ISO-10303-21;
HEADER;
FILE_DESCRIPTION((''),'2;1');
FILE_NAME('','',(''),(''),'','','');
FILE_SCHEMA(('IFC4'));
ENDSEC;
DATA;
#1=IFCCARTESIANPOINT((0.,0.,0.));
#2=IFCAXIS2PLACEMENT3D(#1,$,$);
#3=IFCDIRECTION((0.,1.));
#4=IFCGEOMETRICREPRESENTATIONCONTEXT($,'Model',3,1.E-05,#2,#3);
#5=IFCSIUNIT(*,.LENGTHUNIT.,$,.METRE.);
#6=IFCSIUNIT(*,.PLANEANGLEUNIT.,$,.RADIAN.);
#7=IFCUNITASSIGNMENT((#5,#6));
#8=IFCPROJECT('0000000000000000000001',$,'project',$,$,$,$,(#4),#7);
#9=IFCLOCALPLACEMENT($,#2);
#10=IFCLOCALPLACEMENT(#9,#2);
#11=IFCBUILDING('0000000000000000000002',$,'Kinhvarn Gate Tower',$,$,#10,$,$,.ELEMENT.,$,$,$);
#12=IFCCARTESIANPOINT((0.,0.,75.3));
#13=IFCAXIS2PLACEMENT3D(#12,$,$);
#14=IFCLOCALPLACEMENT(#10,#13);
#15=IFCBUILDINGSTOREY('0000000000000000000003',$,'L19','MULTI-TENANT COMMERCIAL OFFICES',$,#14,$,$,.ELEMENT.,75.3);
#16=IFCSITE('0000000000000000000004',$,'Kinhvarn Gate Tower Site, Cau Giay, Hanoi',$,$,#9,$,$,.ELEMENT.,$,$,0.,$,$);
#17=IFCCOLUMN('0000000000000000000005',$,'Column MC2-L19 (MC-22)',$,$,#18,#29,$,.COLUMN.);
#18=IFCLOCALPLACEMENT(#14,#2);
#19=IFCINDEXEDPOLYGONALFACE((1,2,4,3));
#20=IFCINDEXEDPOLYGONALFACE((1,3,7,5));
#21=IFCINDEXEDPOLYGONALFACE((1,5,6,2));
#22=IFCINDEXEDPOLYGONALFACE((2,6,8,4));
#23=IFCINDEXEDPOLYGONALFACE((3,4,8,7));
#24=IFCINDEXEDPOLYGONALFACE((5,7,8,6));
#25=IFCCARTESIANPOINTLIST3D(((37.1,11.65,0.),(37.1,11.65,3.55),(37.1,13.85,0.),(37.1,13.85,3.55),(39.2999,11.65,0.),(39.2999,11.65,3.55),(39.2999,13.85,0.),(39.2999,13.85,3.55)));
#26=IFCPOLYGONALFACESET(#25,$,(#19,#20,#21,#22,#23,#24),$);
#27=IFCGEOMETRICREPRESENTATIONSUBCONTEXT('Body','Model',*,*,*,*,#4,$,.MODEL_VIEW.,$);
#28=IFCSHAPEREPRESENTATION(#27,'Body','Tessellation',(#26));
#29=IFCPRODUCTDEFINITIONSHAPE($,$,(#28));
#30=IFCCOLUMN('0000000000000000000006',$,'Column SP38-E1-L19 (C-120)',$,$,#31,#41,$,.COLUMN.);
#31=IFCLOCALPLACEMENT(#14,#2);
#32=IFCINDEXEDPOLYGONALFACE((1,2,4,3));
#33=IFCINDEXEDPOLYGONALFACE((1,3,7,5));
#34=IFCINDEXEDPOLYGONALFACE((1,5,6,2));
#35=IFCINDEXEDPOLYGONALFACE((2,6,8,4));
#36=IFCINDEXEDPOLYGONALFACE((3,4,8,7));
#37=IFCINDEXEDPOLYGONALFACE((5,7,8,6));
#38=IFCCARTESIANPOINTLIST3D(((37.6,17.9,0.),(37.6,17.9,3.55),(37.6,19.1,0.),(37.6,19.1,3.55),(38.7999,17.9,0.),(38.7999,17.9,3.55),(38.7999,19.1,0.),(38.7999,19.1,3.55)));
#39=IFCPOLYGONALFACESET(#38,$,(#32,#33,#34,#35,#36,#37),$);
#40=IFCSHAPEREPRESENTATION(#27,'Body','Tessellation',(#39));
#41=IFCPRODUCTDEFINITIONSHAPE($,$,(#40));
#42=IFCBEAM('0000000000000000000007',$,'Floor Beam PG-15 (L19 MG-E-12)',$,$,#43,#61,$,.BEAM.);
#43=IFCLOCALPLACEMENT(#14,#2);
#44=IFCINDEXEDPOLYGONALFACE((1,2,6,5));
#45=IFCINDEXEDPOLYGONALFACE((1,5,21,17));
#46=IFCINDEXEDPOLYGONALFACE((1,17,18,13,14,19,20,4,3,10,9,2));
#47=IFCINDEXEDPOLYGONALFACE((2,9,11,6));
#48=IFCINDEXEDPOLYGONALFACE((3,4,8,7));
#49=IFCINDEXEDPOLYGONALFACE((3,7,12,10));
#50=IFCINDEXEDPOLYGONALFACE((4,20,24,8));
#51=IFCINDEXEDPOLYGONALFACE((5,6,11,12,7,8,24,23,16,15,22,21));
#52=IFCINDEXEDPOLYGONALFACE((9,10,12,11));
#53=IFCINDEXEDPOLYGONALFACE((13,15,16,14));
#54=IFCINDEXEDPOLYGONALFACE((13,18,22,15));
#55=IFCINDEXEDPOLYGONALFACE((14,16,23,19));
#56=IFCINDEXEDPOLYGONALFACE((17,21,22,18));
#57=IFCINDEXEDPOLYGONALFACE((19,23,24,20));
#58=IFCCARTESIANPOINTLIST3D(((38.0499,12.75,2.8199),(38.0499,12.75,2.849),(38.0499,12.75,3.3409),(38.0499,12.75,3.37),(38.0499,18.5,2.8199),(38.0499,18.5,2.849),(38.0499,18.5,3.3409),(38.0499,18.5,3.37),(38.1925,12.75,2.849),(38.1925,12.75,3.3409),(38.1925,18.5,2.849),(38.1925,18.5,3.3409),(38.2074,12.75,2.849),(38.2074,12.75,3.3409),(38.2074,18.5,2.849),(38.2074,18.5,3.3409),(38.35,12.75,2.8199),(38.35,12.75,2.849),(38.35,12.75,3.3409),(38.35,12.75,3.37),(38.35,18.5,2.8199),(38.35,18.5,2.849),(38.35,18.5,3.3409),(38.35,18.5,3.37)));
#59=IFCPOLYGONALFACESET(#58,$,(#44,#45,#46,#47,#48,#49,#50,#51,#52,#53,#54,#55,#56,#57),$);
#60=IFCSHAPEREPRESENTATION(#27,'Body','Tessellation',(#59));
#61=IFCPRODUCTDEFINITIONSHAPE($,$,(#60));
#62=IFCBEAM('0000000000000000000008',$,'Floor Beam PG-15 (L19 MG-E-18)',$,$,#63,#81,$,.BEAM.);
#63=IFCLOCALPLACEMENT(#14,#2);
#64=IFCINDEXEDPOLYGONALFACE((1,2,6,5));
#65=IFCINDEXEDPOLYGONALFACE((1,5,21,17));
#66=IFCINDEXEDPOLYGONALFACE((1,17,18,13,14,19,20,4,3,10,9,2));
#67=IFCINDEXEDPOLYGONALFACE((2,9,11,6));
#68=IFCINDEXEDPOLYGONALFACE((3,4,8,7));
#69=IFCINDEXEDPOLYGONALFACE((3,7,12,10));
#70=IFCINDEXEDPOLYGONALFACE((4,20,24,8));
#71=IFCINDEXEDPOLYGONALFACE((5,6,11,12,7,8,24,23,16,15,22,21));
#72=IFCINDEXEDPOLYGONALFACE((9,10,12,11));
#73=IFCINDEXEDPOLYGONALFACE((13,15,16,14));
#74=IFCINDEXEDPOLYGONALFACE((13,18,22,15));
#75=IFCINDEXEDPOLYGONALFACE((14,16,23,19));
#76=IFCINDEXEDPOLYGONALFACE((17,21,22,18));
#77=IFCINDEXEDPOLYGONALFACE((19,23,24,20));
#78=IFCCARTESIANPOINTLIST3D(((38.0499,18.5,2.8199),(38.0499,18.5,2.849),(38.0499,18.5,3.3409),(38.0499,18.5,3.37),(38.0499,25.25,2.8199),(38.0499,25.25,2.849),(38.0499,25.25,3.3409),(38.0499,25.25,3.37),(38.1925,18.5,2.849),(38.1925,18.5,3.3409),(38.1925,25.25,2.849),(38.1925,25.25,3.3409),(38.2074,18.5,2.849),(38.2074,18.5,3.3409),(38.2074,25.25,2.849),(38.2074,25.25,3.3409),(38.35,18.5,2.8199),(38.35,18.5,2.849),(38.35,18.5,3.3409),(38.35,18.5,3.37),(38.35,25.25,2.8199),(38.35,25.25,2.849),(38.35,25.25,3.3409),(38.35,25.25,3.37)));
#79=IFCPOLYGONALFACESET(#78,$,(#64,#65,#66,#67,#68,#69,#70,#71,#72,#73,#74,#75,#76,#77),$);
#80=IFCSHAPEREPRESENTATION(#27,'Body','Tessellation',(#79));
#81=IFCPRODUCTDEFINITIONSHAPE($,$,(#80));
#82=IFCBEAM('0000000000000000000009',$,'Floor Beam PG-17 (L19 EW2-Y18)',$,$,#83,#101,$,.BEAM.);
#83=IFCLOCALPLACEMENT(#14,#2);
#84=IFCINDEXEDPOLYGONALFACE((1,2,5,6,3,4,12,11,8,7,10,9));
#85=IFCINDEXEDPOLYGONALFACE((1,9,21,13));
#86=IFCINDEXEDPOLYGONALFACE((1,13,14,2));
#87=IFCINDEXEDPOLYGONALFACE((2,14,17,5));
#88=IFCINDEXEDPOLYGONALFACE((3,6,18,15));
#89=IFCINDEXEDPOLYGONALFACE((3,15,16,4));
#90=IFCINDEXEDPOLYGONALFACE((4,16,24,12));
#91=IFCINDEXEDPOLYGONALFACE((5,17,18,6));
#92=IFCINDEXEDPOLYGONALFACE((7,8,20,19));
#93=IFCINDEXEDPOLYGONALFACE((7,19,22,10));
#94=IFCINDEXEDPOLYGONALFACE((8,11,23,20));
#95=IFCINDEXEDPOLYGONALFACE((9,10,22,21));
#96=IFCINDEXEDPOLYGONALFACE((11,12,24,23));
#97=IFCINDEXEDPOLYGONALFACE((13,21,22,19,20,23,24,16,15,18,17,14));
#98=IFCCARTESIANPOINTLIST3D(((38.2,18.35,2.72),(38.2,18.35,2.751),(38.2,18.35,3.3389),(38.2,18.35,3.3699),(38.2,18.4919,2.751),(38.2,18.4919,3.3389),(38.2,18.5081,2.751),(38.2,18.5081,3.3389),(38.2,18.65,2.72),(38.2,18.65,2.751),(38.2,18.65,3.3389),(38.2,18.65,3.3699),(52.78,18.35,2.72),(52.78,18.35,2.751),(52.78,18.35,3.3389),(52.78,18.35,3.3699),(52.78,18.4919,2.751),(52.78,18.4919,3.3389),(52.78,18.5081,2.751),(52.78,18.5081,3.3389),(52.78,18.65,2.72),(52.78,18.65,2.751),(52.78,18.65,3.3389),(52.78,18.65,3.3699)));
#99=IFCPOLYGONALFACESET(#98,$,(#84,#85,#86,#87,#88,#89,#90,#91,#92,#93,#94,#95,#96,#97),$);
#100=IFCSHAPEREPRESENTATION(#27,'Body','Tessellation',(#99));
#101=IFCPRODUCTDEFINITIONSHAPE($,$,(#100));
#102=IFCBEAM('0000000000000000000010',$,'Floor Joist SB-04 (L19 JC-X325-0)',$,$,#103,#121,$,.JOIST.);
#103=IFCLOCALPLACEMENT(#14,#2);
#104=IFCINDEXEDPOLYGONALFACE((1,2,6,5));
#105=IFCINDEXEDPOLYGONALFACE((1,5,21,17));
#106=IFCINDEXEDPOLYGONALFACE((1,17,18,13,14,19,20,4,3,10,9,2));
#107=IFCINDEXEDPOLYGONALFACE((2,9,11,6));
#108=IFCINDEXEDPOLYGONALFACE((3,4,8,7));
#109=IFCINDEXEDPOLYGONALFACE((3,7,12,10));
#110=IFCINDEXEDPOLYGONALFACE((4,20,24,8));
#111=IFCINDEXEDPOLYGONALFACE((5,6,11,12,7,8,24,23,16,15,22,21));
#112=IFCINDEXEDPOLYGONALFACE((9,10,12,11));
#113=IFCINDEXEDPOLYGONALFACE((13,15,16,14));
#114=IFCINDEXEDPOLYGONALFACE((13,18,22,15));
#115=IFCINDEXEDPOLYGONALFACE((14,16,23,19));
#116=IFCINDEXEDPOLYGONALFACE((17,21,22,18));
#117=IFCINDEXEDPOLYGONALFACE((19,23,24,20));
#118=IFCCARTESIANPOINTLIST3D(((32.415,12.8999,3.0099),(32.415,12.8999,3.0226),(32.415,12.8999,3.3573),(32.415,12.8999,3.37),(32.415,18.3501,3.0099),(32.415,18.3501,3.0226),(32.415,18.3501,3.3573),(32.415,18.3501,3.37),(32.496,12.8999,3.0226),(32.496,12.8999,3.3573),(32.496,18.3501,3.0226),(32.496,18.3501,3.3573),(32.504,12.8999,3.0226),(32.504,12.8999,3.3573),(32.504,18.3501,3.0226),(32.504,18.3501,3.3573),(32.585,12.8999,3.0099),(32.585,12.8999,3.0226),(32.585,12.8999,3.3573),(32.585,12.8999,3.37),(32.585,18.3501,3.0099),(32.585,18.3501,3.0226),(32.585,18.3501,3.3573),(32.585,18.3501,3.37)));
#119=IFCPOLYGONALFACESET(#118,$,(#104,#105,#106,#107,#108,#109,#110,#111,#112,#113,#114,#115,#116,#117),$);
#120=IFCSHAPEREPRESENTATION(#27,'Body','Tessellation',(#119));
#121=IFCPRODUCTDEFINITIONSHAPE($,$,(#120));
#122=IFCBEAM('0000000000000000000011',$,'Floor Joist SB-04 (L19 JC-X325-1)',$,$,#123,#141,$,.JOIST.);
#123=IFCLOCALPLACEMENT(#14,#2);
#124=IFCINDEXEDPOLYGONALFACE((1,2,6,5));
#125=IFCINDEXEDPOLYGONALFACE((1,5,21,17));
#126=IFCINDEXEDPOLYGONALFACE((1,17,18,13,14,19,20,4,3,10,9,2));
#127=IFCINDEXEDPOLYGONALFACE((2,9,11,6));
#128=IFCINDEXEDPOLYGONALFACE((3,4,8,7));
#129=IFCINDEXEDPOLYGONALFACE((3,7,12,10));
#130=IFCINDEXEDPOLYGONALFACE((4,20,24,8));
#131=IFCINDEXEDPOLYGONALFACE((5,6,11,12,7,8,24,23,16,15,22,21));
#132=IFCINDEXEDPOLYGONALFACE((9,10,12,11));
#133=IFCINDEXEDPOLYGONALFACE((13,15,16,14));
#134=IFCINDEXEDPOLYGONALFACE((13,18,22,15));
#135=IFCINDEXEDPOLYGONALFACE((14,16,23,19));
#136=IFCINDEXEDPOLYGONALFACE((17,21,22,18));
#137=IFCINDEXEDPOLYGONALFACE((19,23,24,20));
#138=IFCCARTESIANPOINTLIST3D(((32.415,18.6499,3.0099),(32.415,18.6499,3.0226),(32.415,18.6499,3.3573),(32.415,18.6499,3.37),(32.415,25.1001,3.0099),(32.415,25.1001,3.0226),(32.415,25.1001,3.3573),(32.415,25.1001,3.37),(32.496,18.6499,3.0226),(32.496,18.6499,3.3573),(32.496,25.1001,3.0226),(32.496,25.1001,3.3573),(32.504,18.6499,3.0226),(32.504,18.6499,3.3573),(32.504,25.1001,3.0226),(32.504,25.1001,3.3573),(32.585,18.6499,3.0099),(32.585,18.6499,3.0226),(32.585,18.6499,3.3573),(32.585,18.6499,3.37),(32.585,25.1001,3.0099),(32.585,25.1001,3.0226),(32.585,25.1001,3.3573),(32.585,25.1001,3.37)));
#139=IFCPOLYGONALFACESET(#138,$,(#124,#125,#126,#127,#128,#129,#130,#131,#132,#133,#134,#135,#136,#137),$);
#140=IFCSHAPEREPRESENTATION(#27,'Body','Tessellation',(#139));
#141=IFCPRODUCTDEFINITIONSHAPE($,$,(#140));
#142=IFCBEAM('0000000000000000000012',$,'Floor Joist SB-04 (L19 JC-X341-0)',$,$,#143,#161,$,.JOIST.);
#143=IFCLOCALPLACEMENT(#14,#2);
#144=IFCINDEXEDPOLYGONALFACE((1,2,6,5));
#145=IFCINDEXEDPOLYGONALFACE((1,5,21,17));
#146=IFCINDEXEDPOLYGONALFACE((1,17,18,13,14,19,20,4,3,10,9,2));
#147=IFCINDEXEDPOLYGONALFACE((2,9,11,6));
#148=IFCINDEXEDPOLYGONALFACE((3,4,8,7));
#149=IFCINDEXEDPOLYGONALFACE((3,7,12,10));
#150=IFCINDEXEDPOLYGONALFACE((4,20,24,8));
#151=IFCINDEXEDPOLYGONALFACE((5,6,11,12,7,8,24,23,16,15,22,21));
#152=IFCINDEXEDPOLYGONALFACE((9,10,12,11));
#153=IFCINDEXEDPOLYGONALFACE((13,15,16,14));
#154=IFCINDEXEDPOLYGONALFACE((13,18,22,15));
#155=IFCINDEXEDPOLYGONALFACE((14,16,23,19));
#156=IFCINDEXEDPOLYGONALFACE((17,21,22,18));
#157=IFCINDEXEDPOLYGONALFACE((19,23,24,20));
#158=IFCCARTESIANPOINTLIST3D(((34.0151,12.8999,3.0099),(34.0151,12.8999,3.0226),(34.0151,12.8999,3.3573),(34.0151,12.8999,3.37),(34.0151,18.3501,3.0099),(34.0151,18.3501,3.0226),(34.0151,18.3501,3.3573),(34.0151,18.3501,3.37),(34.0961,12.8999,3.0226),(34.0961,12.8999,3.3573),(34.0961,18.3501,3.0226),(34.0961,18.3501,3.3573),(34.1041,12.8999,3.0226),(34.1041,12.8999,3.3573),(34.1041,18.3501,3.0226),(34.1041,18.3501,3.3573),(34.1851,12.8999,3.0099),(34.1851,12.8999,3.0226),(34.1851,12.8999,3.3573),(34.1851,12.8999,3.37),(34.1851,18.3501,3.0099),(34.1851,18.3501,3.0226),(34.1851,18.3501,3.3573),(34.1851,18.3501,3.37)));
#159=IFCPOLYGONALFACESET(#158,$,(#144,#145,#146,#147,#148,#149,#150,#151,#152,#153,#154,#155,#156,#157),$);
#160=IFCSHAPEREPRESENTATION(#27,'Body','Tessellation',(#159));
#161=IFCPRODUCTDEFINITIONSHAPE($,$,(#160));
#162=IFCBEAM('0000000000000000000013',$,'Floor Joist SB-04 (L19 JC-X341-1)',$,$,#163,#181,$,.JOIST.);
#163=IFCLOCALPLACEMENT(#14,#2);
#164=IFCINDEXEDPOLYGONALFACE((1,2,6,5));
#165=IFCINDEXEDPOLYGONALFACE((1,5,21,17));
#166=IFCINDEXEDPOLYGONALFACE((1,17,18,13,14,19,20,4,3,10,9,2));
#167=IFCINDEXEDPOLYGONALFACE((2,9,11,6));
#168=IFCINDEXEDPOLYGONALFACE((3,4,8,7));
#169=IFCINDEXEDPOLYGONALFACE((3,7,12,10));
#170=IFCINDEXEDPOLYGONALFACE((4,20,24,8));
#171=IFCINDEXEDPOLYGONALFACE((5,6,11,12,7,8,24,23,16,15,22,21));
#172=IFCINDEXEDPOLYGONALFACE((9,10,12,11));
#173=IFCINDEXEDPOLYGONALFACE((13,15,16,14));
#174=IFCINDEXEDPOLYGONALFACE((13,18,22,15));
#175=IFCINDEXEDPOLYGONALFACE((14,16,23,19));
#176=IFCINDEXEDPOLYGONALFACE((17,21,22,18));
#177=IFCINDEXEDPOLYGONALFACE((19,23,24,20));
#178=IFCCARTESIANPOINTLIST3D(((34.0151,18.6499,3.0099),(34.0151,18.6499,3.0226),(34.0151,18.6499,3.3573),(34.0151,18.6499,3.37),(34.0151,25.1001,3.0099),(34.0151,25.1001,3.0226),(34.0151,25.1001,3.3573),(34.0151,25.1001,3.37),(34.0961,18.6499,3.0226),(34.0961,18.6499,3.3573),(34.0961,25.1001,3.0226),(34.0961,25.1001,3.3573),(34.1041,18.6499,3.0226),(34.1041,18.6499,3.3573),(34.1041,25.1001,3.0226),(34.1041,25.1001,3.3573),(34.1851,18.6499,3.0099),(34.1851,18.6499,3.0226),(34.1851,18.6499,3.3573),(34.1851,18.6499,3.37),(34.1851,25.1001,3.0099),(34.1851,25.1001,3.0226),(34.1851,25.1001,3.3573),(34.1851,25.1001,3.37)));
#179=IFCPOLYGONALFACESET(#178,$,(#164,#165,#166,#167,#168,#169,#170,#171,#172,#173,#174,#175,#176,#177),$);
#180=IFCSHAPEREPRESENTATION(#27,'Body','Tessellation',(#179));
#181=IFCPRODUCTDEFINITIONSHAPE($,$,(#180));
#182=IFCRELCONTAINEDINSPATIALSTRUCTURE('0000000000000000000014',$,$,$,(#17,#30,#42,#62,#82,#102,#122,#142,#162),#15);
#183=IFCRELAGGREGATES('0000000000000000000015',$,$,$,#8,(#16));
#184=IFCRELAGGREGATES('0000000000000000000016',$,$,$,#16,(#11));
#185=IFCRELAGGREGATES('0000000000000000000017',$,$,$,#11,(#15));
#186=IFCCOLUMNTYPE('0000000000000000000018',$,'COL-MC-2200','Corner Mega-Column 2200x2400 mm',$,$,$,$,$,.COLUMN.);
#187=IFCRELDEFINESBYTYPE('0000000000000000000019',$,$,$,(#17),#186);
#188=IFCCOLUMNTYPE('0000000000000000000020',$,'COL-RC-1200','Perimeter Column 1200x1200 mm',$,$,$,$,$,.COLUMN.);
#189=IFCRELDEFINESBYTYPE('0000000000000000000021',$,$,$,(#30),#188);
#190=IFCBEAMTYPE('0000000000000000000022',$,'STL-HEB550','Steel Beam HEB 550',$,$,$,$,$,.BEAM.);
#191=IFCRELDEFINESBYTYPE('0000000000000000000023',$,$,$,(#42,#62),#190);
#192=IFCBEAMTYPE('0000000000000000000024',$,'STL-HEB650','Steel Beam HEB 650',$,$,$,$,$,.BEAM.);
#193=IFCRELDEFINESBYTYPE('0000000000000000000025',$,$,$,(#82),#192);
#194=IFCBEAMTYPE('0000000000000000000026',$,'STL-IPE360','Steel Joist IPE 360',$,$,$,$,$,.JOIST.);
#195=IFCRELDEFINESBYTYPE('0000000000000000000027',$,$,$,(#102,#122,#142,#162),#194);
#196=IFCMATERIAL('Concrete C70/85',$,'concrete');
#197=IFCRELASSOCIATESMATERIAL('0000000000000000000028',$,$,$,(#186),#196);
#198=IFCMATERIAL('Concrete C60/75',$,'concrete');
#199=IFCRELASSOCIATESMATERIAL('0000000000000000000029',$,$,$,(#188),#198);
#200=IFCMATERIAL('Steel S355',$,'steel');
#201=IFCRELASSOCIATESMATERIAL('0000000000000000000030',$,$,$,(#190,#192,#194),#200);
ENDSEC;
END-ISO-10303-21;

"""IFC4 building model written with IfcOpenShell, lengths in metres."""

from ifc_helpers import new_model, si_unit, direction, frame, origin, origin_2d, place, context, subcontext, project, spatial, rectangle, i_section, extrude, material, material_profile, profile_set, type_object, element, save


model = new_model("IFC4")

# Units and contexts
model_context = context("Model", 3, precision=1e-05, world=origin(), true_north=direction((0.0, 1.0)))
body_context = subcontext(model_context, "Body", "Model", "MODEL_VIEW")
ifc_project = project(units=[si_unit("LENGTHUNIT", "METRE"), si_unit("PLANEANGLEUNIT", "RADIAN")], contexts=[model_context])

# Site, building, storey
site_placement = place(None, origin())
site = spatial("IfcSite", under=ifc_project, at=site_placement, Name="Kinhvarn Gate Tower Site, Cau Giay, Hanoi", CompositionType="ELEMENT", RefElevation=0.0)
building_placement = place(site_placement, origin())
building = spatial("IfcBuilding", under=site, at=building_placement, Name="Kinhvarn Gate Tower", CompositionType="ELEMENT")
storey_placement = place(building_placement, frame((0.0, 0.0, 75.3)))
storey = spatial("IfcBuildingStorey", under=building, at=storey_placement, Name="L19", Description="MULTI-TENANT COMMERCIAL OFFICES", CompositionType="ELEMENT", Elevation=75.3)

# Columns
ifc_material_1 = material(Name="Concrete C70/85", Category="concrete")
ifc_material_profile_1 = material_profile(ifc_material_1, rectangle(XDim=2.2, YDim=2.2, at=origin_2d()), Name="RC 2200x2200")
ifc_profile_set_1 = profile_set([ifc_material_profile_1], Name="Concrete C70/85")
column_type_1 = type_object("IfcColumnType", Name="COL-MC-2200", Description="Corner Mega-Column 2200x2400 mm", PredefinedType="COLUMN", material=ifc_profile_set_1)
column_1_placement = place(storey_placement, frame((38.2, 12.75, 0.0), z_axis=(0.0, 0.0, 1.0), x_axis=(1.0, 0.0, 0.0)))
element("IfcColumn", 1, at=column_1_placement, inside=storey, type_object=column_type_1, Name="Column MC2-L19 (MC-22)", PredefinedType="COLUMN", context=body_context, shape_type="SweptSolid", body=[
    extrude(rectangle(XDim=2.2, YDim=2.2, at=origin_2d()), origin(), (0.0, 0.0, 1.0), 3.55),
])
ifc_material_2 = material(Name="Concrete C60/75", Category="concrete")
ifc_material_profile_2 = material_profile(ifc_material_2, rectangle(XDim=1.2, YDim=1.2, at=origin_2d()), Name="RC 1200x1200")
ifc_profile_set_2 = profile_set([ifc_material_profile_2], Name="Concrete C60/75")
column_type_2 = type_object("IfcColumnType", Name="COL-RC-1200", Description="Perimeter Column 1200x1200 mm", PredefinedType="COLUMN", material=ifc_profile_set_2)
column_2_placement = place(storey_placement, frame((38.2, 18.5, 0.0), z_axis=(0.0, 0.0, 1.0), x_axis=(1.0, 0.0, 0.0)))
element("IfcColumn", 2, at=column_2_placement, inside=storey, type_object=column_type_2, Name="Column SP38-E1-L19 (C-120)", PredefinedType="COLUMN", context=body_context, shape_type="SweptSolid", body=[
    extrude(rectangle(XDim=1.2, YDim=1.2, at=origin_2d()), origin(), (0.0, 0.0, 1.0), 3.55),
])

# Beams
ifc_material_3 = material(Name="Steel S355", Category="steel")
ifc_material_profile_3 = material_profile(ifc_material_3, i_section(OverallWidth=0.3, OverallDepth=0.55, WebThickness=0.0149, FlangeThickness=0.0291, at=origin_2d()), Name="HEB 550")
ifc_profile_set_3 = profile_set([ifc_material_profile_3], Name="Steel S355")
beam_type_1 = type_object("IfcBeamType", Name="STL-HEB550", Description="Steel Beam HEB 550", PredefinedType="BEAM", material=ifc_profile_set_3)
beam_1_placement = place(storey_placement, frame((38.2, 12.75, 3.095), z_axis=(0.0, 1.0, 0.0), x_axis=(-1.0, 0.0, 0.0)))
element("IfcBeam", 3, at=beam_1_placement, inside=storey, type_object=beam_type_1, Name="Floor Beam PG-15 (L19 MG-E-12)", PredefinedType="BEAM", context=body_context, shape_type="SweptSolid", body=[
    extrude(i_section(OverallWidth=0.3, OverallDepth=0.55, WebThickness=0.0149, FlangeThickness=0.0291, at=origin_2d()), origin(), (0.0, 0.0, 1.0), 5.75),
])
beam_2_placement = place(storey_placement, frame((38.2, 18.5, 3.095), z_axis=(0.0, 1.0, 0.0), x_axis=(-1.0, 0.0, 0.0)))
element("IfcBeam", 4, at=beam_2_placement, inside=storey, type_object=beam_type_1, Name="Floor Beam PG-15 (L19 MG-E-18)", PredefinedType="BEAM", context=body_context, shape_type="SweptSolid", body=[
    extrude(i_section(OverallWidth=0.3, OverallDepth=0.55, WebThickness=0.0149, FlangeThickness=0.0291, at=origin_2d()), origin(), (0.0, 0.0, 1.0), 6.75),
])
ifc_material_profile_4 = material_profile(ifc_material_3, i_section(OverallWidth=0.3, OverallDepth=0.6499, WebThickness=0.0161, FlangeThickness=0.031, at=origin_2d()), Name="HEB 650")
ifc_profile_set_4 = profile_set([ifc_material_profile_4], Name="Steel S355")
beam_type_2 = type_object("IfcBeamType", Name="STL-HEB650", Description="Steel Beam HEB 650", PredefinedType="BEAM", material=ifc_profile_set_4)
beam_3_placement = place(storey_placement, frame((38.2, 18.5, 3.0449), z_axis=(1.0, 0.0, 0.0), x_axis=(0.0, 1.0, 0.0)))
element("IfcBeam", 5, at=beam_3_placement, inside=storey, type_object=beam_type_2, Name="Floor Beam PG-17 (L19 EW2-Y18)", PredefinedType="BEAM", context=body_context, shape_type="SweptSolid", body=[
    extrude(i_section(OverallWidth=0.3, OverallDepth=0.6499, WebThickness=0.0161, FlangeThickness=0.031, at=origin_2d()), origin(), (0.0, 0.0, 1.0), 14.5801),
])
ifc_material_profile_5 = material_profile(ifc_material_3, i_section(OverallWidth=0.1699, OverallDepth=0.3601, WebThickness=0.0081, FlangeThickness=0.0127, at=origin_2d()), Name="IPE 360")
ifc_profile_set_5 = profile_set([ifc_material_profile_5], Name="Steel S355")
beam_type_3 = type_object("IfcBeamType", Name="STL-IPE360", Description="Steel Joist IPE 360", PredefinedType="JOIST", material=ifc_profile_set_5)
beam_4_placement = place(storey_placement, frame((32.5, 12.8999, 3.1899), z_axis=(0.0, 1.0, 0.0), x_axis=(-1.0, 0.0, 0.0)))
element("IfcBeam", 6, at=beam_4_placement, inside=storey, type_object=beam_type_3, Name="Floor Joist SB-04 (L19 JC-X325-0)", PredefinedType="JOIST", context=body_context, shape_type="SweptSolid", body=[
    extrude(i_section(OverallWidth=0.1699, OverallDepth=0.3601, WebThickness=0.0081, FlangeThickness=0.0127, at=origin_2d()), origin(), (0.0, 0.0, 1.0), 5.4502),
])
beam_5_placement = place(storey_placement, frame((32.5, 18.6499, 3.1899), z_axis=(0.0, 1.0, 0.0), x_axis=(-1.0, 0.0, 0.0)))
element("IfcBeam", 7, at=beam_5_placement, inside=storey, type_object=beam_type_3, Name="Floor Joist SB-04 (L19 JC-X325-1)", PredefinedType="JOIST", context=body_context, shape_type="SweptSolid", body=[
    extrude(i_section(OverallWidth=0.1699, OverallDepth=0.3601, WebThickness=0.0081, FlangeThickness=0.0127, at=origin_2d()), origin(), (0.0, 0.0, 1.0), 6.4502),
])
beam_6_placement = place(storey_placement, frame((34.1001, 12.8999, 3.1899), z_axis=(0.0, 1.0, 0.0), x_axis=(-1.0, 0.0, 0.0)))
element("IfcBeam", 8, at=beam_6_placement, inside=storey, type_object=beam_type_3, Name="Floor Joist SB-04 (L19 JC-X341-0)", PredefinedType="JOIST", context=body_context, shape_type="SweptSolid", body=[
    extrude(i_section(OverallWidth=0.1699, OverallDepth=0.3601, WebThickness=0.0081, FlangeThickness=0.0127, at=origin_2d()), origin(), (0.0, 0.0, 1.0), 5.4502),
])
beam_7_placement = place(storey_placement, frame((34.1001, 18.6499, 3.1899), z_axis=(0.0, 1.0, 0.0), x_axis=(-1.0, 0.0, 0.0)))
element("IfcBeam", 9, at=beam_7_placement, inside=storey, type_object=beam_type_3, Name="Floor Joist SB-04 (L19 JC-X341-1)", PredefinedType="JOIST", context=body_context, shape_type="SweptSolid", body=[
    extrude(i_section(OverallWidth=0.1699, OverallDepth=0.3601, WebThickness=0.0081, FlangeThickness=0.0127, at=origin_2d()), origin(), (0.0, 0.0, 1.0), 6.4502),
])

save(model, "model.ifc")
